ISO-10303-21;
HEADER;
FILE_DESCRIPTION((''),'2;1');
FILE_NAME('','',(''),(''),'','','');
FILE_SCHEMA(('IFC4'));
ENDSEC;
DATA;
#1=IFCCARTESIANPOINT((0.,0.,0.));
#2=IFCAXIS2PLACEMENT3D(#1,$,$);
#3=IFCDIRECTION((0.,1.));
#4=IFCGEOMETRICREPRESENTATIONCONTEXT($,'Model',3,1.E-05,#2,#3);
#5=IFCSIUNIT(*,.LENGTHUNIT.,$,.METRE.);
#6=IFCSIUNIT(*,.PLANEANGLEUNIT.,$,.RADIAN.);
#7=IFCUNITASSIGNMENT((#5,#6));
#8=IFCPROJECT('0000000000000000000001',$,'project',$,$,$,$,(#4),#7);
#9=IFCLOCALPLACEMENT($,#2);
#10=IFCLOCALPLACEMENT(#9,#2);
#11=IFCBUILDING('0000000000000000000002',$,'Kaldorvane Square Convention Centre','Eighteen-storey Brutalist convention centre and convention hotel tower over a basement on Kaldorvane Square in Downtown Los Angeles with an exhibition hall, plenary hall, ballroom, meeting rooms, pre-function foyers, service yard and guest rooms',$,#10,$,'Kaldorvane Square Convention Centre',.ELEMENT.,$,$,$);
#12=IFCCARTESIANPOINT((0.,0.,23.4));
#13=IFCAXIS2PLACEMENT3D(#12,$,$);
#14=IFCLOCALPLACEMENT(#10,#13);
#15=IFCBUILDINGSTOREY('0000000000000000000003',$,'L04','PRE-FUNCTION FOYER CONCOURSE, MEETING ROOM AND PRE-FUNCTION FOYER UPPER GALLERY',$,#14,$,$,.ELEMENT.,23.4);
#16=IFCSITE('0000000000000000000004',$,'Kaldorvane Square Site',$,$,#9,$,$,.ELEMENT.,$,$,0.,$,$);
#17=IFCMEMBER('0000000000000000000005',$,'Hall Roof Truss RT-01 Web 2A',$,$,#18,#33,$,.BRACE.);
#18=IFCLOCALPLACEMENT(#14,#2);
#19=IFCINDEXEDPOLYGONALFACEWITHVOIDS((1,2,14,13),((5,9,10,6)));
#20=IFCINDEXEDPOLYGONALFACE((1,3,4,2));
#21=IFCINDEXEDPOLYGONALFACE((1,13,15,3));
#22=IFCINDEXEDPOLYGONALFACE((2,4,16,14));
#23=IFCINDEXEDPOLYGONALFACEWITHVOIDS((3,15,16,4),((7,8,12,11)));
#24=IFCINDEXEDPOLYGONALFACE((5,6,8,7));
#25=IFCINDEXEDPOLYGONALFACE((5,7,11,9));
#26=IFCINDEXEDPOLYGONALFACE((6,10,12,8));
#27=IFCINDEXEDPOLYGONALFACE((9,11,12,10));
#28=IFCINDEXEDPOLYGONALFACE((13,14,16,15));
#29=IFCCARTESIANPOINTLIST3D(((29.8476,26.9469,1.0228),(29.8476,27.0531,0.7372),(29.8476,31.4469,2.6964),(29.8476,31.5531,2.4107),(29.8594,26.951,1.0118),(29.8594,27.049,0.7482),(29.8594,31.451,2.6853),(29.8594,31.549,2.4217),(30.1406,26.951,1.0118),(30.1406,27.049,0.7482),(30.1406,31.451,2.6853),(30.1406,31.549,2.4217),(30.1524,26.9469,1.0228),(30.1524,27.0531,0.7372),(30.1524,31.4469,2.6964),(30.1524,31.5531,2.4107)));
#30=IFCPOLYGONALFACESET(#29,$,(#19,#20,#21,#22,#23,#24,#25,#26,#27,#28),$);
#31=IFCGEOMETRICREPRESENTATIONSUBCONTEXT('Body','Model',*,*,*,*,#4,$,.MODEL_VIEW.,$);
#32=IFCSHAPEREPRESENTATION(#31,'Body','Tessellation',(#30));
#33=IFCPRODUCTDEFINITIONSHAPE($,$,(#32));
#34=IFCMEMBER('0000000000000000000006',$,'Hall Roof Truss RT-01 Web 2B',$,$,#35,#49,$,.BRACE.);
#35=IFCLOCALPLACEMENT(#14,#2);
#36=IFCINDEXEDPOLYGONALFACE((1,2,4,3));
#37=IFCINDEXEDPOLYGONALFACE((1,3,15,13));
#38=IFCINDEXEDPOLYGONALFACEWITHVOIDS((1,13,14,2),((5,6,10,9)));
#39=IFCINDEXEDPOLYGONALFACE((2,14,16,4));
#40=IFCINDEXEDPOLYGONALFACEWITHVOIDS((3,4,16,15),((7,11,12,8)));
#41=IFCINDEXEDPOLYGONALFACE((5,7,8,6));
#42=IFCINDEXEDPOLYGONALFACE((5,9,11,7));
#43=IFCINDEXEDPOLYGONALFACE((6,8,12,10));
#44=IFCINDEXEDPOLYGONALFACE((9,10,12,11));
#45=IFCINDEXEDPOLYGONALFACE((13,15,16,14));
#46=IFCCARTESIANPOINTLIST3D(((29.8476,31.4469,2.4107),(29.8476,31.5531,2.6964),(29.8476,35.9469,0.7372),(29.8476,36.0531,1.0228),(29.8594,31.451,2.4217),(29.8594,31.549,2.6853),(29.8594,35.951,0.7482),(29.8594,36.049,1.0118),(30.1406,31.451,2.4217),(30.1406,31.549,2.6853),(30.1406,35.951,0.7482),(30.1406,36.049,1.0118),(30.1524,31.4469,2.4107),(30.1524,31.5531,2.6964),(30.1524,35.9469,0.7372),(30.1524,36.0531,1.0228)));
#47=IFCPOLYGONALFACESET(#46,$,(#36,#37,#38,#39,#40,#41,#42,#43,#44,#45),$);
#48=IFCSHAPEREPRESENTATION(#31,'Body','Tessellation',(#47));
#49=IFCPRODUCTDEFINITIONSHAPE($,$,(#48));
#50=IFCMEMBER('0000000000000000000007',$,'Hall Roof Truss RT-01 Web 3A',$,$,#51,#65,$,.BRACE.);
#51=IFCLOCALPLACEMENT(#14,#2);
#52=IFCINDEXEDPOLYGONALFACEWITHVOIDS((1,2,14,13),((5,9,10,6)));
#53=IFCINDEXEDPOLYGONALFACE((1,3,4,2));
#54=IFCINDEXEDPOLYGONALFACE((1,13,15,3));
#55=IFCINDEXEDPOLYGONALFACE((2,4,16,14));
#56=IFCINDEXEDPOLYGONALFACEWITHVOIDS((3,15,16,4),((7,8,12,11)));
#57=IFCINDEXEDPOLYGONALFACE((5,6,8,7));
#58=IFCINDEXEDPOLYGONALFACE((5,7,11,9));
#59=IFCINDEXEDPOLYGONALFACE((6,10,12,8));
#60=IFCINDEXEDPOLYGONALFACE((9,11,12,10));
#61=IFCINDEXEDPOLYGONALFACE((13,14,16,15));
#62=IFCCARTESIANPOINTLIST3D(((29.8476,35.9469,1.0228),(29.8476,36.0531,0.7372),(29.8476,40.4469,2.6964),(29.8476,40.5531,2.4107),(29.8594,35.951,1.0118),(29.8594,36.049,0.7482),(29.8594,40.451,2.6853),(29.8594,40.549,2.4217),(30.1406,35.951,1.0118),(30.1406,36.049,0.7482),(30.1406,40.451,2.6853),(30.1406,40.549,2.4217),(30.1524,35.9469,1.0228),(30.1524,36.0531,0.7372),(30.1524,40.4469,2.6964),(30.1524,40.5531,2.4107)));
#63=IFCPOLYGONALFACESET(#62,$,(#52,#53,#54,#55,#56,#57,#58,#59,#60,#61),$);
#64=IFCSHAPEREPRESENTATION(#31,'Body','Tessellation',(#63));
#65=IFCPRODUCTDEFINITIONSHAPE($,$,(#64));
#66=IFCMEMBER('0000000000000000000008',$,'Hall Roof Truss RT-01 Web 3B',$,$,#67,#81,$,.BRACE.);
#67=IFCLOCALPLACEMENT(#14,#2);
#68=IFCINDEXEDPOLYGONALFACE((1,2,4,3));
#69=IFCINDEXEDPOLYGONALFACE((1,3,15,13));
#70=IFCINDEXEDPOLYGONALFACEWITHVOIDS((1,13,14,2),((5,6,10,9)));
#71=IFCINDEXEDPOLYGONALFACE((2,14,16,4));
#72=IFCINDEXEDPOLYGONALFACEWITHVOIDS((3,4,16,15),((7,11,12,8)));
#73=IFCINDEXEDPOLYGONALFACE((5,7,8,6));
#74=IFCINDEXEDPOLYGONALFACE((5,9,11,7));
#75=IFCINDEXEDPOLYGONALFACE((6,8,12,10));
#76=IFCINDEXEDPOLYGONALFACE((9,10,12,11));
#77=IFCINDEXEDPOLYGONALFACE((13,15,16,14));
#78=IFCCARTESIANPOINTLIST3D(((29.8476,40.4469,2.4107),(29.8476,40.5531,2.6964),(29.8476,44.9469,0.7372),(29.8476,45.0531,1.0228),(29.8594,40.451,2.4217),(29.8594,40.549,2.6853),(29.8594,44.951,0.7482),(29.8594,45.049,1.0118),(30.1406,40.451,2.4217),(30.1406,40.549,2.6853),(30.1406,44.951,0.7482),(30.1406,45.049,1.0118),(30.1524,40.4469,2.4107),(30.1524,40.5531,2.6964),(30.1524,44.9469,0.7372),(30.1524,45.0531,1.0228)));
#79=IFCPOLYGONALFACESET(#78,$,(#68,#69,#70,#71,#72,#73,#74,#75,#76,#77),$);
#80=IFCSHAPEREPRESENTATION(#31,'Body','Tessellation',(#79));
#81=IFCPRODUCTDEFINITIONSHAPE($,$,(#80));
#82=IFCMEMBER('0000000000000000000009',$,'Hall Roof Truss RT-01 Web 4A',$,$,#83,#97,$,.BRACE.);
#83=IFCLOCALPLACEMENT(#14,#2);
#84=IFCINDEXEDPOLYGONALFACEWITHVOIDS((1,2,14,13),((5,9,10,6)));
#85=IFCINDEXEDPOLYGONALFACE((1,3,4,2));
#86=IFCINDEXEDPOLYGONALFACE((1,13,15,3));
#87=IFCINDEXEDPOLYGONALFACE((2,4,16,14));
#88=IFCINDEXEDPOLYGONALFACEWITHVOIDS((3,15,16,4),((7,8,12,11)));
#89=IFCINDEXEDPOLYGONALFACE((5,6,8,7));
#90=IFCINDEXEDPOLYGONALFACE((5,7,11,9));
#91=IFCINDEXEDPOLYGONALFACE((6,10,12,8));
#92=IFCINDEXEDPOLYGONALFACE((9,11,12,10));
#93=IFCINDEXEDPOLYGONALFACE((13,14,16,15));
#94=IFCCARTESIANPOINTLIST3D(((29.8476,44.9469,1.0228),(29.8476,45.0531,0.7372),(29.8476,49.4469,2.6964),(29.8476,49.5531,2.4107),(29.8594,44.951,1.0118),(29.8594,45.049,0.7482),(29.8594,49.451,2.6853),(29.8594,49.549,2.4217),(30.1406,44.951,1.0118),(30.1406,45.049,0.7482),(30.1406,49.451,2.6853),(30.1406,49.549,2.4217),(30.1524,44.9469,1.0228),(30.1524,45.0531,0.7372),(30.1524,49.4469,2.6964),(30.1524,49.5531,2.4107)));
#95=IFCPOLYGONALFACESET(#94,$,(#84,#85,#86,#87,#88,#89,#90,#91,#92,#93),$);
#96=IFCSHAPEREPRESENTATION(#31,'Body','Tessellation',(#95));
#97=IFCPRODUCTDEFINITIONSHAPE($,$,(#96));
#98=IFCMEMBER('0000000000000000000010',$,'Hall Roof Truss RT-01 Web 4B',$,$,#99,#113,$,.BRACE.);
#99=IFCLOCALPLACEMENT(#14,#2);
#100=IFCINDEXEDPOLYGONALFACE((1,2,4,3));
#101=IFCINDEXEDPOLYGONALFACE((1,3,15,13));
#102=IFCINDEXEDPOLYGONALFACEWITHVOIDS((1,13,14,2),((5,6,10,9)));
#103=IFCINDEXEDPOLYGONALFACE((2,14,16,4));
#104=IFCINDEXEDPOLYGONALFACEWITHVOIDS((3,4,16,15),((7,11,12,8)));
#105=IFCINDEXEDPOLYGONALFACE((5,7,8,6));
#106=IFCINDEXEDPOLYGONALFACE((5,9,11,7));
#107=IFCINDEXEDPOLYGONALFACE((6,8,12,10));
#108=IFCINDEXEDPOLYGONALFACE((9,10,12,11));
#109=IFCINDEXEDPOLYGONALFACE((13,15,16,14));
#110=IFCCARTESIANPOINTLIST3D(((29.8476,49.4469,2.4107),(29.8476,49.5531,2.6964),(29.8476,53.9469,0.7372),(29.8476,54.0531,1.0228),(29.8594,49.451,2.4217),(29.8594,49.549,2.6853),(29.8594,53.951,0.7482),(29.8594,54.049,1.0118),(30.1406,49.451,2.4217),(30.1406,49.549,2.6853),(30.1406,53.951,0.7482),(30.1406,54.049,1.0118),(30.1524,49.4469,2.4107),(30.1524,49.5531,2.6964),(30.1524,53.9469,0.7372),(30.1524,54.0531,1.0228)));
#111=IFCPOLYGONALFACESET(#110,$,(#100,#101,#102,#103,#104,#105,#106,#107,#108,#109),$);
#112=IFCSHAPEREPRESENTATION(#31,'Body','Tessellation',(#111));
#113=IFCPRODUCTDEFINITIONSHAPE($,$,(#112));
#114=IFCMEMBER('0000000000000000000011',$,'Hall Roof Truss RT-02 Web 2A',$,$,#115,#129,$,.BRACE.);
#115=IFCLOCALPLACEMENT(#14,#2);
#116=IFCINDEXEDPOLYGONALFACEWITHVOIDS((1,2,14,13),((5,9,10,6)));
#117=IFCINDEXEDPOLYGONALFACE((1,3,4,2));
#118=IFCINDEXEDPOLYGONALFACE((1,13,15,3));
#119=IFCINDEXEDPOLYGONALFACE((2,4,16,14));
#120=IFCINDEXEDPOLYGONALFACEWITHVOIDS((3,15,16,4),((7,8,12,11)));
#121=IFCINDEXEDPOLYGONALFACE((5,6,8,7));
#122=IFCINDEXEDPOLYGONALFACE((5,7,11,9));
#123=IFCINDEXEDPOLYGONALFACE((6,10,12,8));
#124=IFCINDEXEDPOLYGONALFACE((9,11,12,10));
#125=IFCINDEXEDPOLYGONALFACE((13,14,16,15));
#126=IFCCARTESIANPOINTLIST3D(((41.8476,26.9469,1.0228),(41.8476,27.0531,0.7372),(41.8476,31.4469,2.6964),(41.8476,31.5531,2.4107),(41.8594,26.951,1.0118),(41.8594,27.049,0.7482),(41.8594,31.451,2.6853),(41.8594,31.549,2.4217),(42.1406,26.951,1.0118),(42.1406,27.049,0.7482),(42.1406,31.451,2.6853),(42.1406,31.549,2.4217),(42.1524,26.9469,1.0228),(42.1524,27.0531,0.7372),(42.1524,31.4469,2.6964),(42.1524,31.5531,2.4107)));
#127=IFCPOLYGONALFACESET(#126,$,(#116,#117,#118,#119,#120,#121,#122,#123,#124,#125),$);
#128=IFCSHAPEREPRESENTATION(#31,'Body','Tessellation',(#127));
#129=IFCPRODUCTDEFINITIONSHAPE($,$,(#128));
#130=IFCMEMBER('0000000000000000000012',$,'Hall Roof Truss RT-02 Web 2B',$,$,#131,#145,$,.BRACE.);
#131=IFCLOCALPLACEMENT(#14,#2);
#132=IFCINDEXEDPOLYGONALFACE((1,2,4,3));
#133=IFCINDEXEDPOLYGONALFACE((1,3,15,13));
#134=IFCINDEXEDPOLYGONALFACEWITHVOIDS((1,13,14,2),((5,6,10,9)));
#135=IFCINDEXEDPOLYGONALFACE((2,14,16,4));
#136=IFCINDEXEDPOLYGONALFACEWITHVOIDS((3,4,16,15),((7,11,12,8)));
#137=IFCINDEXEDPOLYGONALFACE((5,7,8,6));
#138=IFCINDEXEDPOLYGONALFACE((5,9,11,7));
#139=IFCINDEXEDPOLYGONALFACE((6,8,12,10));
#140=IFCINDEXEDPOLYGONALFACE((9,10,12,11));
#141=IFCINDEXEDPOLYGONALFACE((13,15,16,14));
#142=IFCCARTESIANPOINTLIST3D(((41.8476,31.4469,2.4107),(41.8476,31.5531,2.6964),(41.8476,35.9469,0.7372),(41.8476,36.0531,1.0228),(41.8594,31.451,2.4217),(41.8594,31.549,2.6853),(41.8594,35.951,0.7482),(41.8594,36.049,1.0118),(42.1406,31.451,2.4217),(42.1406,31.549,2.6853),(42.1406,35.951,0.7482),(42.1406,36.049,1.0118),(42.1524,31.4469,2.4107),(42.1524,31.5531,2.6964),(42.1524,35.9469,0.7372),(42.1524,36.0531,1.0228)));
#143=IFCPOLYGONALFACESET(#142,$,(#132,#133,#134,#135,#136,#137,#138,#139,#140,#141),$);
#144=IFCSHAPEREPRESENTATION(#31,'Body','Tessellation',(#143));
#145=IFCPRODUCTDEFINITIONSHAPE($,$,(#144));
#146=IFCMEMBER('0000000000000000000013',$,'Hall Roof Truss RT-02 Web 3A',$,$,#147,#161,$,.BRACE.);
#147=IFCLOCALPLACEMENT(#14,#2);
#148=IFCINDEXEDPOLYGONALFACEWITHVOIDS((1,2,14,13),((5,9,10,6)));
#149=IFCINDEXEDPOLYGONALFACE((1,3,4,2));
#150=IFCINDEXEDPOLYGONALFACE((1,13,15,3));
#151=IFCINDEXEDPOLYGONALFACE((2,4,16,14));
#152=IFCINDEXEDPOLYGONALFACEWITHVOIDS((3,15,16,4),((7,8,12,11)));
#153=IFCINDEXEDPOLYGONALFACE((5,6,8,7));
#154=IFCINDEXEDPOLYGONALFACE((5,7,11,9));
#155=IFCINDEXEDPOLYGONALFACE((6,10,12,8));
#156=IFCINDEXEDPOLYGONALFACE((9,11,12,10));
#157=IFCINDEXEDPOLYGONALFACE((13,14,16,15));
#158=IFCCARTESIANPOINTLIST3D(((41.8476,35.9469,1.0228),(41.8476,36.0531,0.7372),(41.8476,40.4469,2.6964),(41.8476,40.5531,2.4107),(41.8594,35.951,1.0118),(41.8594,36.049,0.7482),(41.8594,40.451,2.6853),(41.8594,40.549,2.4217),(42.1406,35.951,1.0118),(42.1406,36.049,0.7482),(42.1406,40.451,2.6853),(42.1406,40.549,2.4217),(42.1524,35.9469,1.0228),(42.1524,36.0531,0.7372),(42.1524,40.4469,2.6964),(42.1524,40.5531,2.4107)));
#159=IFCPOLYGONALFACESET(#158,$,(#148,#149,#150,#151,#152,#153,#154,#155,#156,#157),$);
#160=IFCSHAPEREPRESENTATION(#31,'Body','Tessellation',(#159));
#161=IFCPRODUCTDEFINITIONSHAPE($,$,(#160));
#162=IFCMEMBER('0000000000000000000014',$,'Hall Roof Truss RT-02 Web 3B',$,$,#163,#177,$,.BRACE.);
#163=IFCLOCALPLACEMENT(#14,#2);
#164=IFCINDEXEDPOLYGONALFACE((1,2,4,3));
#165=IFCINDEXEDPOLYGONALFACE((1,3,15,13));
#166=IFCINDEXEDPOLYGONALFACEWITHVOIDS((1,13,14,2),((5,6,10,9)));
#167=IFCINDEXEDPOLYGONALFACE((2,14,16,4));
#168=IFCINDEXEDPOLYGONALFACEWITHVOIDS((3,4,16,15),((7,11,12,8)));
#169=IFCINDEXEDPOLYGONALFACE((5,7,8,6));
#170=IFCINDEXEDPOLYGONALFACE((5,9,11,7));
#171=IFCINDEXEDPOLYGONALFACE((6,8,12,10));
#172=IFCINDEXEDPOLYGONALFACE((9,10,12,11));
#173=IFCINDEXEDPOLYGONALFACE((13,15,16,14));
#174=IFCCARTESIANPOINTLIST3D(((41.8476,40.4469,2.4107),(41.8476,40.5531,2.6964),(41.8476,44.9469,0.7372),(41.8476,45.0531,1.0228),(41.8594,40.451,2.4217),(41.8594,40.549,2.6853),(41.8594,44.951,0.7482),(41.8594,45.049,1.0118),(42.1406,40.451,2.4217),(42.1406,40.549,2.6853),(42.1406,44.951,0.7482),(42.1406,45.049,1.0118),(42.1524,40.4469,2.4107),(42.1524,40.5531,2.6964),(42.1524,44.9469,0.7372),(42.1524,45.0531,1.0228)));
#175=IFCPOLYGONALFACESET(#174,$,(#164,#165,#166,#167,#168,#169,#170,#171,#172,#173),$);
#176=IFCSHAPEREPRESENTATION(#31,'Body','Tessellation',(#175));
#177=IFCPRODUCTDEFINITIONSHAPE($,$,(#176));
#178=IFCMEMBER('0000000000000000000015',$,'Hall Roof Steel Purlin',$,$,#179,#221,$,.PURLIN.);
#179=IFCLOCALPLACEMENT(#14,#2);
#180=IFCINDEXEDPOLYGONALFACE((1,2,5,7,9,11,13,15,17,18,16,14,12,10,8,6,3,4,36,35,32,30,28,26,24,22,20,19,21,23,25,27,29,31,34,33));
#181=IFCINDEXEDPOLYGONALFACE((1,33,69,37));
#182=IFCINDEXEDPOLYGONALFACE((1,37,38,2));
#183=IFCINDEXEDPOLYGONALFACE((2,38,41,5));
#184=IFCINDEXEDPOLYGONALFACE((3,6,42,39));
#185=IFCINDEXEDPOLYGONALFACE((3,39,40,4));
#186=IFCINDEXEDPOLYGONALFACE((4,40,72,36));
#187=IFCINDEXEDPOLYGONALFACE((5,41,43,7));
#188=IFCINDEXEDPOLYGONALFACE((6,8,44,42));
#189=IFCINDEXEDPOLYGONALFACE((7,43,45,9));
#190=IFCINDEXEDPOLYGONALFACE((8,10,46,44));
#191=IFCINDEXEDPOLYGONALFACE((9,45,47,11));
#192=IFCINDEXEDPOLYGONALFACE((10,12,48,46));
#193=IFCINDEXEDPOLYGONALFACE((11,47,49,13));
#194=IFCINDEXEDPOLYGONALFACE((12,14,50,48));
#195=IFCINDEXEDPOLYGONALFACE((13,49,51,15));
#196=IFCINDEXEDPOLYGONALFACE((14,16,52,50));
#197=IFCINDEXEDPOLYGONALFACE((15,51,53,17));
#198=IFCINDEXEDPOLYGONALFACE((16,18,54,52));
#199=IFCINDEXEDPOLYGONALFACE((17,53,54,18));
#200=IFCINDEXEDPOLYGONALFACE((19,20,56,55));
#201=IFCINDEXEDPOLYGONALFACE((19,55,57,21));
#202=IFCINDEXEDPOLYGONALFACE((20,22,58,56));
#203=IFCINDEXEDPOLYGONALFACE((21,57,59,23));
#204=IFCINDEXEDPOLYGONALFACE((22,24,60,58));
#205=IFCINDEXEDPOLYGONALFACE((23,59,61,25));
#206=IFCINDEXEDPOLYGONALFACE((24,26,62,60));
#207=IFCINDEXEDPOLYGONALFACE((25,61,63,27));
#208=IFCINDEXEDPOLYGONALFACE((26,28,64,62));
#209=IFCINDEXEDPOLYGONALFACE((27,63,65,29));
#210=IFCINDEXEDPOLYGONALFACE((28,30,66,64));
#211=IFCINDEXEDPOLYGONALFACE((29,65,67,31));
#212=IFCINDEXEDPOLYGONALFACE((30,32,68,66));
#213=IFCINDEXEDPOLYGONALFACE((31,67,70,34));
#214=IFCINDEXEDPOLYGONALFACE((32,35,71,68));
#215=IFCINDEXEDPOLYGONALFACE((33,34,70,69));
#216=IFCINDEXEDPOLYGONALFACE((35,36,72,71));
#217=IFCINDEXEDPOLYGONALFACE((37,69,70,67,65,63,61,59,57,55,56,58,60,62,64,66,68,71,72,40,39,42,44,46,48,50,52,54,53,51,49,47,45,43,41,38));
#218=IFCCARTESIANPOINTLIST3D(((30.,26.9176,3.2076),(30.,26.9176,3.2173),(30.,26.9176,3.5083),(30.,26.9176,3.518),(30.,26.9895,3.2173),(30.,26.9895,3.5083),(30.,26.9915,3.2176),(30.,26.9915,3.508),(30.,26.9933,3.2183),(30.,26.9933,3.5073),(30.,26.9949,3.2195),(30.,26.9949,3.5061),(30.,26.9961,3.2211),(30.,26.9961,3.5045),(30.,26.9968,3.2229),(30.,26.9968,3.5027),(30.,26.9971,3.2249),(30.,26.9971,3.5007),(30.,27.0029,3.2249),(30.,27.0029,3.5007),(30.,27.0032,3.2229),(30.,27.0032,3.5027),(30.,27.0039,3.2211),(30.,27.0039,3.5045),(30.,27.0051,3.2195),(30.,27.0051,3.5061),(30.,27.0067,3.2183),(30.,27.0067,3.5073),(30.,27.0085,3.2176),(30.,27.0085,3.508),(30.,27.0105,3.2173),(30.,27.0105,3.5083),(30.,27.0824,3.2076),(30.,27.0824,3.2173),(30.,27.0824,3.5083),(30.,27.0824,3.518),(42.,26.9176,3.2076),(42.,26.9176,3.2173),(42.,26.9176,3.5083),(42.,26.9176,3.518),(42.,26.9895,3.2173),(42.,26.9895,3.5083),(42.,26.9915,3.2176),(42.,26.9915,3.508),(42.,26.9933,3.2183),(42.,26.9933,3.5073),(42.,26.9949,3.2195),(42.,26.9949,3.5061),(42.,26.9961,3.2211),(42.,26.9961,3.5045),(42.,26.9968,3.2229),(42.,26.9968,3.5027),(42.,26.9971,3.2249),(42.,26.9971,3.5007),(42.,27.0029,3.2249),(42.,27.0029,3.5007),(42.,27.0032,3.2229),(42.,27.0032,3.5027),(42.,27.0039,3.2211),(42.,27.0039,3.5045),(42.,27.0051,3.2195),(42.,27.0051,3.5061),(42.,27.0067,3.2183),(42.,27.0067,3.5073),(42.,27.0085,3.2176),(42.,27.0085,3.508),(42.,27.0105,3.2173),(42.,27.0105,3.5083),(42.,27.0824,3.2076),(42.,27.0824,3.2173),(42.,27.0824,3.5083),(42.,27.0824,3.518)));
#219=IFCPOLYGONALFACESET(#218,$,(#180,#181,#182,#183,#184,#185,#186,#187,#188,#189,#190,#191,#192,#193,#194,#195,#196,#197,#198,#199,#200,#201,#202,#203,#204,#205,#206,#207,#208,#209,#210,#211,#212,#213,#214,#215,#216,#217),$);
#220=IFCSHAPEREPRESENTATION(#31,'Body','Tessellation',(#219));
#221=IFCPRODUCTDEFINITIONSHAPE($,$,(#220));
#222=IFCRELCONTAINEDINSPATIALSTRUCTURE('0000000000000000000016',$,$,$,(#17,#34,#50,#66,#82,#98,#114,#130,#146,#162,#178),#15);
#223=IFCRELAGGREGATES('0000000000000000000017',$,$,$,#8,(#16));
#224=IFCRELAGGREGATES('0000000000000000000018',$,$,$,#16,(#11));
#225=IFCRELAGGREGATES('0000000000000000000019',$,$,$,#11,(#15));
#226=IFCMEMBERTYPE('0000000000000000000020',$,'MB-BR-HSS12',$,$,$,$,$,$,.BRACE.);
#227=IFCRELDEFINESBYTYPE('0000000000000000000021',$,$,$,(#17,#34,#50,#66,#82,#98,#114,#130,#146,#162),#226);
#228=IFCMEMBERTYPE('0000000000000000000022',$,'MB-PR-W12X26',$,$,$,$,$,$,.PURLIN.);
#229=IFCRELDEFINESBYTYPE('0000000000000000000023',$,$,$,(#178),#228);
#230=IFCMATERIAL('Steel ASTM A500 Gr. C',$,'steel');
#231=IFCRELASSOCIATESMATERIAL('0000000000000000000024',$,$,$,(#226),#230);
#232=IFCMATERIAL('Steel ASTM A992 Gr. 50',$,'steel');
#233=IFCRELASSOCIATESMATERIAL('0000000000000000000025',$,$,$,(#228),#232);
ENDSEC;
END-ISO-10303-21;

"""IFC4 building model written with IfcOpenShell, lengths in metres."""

from ifc_helpers import new_model, si_unit, direction, frame, origin, origin_2d, place, context, subcontext, project, spatial, hollow_rectangle, i_section, extrude, material, material_profile, profile_set, type_object, element, save


model = new_model("IFC4")

# Units and contexts
model_context = context("Model", 3, precision=1e-05, world=origin(), true_north=direction((0.0, 1.0)))
body_context = subcontext(model_context, "Body", "Model", "MODEL_VIEW")
ifc_project = project(units=[si_unit("LENGTHUNIT", "METRE"), si_unit("PLANEANGLEUNIT", "RADIAN")], contexts=[model_context])

# Site, building, storey
site_placement = place(None, origin())
site = spatial("IfcSite", under=ifc_project, at=site_placement, Name="Kaldorvane Square Site", CompositionType="ELEMENT", RefElevation=0.0)
building_placement = place(site_placement, origin())
building = spatial("IfcBuilding", under=site, at=building_placement, Name="Kaldorvane Square Convention Centre", Description="Eighteen-storey Brutalist convention centre and convention hotel tower over a basement on Kaldorvane Square in Downtown Los Angeles with an exhibition hall, plenary hall, ballroom, meeting rooms, pre-function foyers, service yard and guest rooms", LongName="Kaldorvane Square Convention Centre", CompositionType="ELEMENT")
storey_placement = place(building_placement, frame((0.0, 0.0, 23.4)))
storey = spatial("IfcBuildingStorey", under=building, at=storey_placement, Name="L04", Description="PRE-FUNCTION FOYER CONCOURSE, MEETING ROOM AND PRE-FUNCTION FOYER UPPER GALLERY", CompositionType="ELEMENT", Elevation=23.4)

# Members
ifc_material_1 = material(Name="Steel ASTM A500 Gr. C", Category="steel")
ifc_material_profile_1 = material_profile(ifc_material_1, hollow_rectangle(XDim=0.3048, YDim=0.3048, WallThickness=0.0118, at=origin_2d()), Name="HSS12X12X1/2")
ifc_profile_set_1 = profile_set([ifc_material_profile_1], Name="Steel ASTM A500 Gr. C")
member_type_1 = type_object("IfcMemberType", Name="MB-BR-HSS12", PredefinedType="BRACE", material=ifc_profile_set_1)
for number, where, z_axis, x_axis, name in (
    (1, (30.0, 27.0, 0.88), (0.0, 0.937284, 0.348567), (-1.0, 0.0, 0.0), "Hall Roof Truss RT-01 Web 2A"),
    (2, (30.0, 31.5, 2.5535), (0.0, 0.937284, -0.348567), (-1.0, 0.0, 0.0), "Hall Roof Truss RT-01 Web 2B"),
    (3, (30.0, 36.0, 0.88), (0.0, 0.937284, 0.348567), (-1.0, 0.0, 0.0), "Hall Roof Truss RT-01 Web 3A"),
    (4, (30.0, 40.5, 2.5535), (0.0, 0.937284, -0.348567), (-1.0, 0.0, 0.0), "Hall Roof Truss RT-01 Web 3B"),
    (5, (30.0, 45.0, 0.88), (0.0, 0.937284, 0.348567), (-1.0, 0.0, 0.0), "Hall Roof Truss RT-01 Web 4A"),
    (6, (30.0, 49.5, 2.5535), (0.0, 0.937284, -0.348567), (-1.0, 0.0, 0.0), "Hall Roof Truss RT-01 Web 4B"),
    (7, (42.0, 27.0, 0.88), (0.0, 0.937284, 0.348567), (-1.0, 0.0, 0.0), "Hall Roof Truss RT-02 Web 2A"),
    (8, (42.0, 31.5, 2.5535), (0.0, 0.937284, -0.348567), (-1.0, 0.0, 0.0), "Hall Roof Truss RT-02 Web 2B"),
    (9, (42.0, 36.0, 0.88), (0.0, 0.937284, 0.348567), (-1.0, 0.0, 0.0), "Hall Roof Truss RT-02 Web 3A"),
    (10, (42.0, 40.5, 2.5535), (0.0, 0.937284, -0.348567), (-1.0, 0.0, 0.0), "Hall Roof Truss RT-02 Web 3B"),
):
    element("IfcMember", number, at=place(storey_placement, frame(where, z_axis=z_axis, x_axis=x_axis)), inside=storey, type_object=member_type_1, Name=name, PredefinedType="BRACE", context=body_context, shape_type="SweptSolid", body=[
        extrude(hollow_rectangle(XDim=0.3048, YDim=0.3048, WallThickness=0.0118, at=origin_2d()), origin(), (0.0, 0.0, 1.0), 4.8011),
    ])
ifc_material_2 = material(Name="Steel ASTM A992 Gr. 50", Category="steel")
ifc_material_profile_2 = material_profile(ifc_material_2, i_section(OverallWidth=0.1648, OverallDepth=0.3104, WebThickness=0.0058, FlangeThickness=0.0097, FilletRadius=0.0076, at=origin_2d()), Name="W12X26")
ifc_profile_set_2 = profile_set([ifc_material_profile_2], Name="Steel ASTM A992 Gr. 50")
member_type_2 = type_object("IfcMemberType", Name="MB-PR-W12X26", PredefinedType="PURLIN", material=ifc_profile_set_2)
for number, where, z_axis, x_axis, name in (
    (11, (30.0, 27.0, 3.3628), (1.0, 0.0, 0.0), (0.0, 1.0, 0.0), "Hall Roof Steel Purlin"),
):
    element("IfcMember", number, at=place(storey_placement, frame(where, z_axis=z_axis, x_axis=x_axis)), inside=storey, type_object=member_type_2, Name=name, PredefinedType="PURLIN", context=body_context, shape_type="SweptSolid", body=[
        extrude(i_section(OverallWidth=0.1648, OverallDepth=0.3104, WebThickness=0.0058, FlangeThickness=0.0097, FilletRadius=0.0076, at=origin_2d()), origin(), (0.0, 0.0, 1.0), 12.0),
    ])

save(model, "model.ifc")
